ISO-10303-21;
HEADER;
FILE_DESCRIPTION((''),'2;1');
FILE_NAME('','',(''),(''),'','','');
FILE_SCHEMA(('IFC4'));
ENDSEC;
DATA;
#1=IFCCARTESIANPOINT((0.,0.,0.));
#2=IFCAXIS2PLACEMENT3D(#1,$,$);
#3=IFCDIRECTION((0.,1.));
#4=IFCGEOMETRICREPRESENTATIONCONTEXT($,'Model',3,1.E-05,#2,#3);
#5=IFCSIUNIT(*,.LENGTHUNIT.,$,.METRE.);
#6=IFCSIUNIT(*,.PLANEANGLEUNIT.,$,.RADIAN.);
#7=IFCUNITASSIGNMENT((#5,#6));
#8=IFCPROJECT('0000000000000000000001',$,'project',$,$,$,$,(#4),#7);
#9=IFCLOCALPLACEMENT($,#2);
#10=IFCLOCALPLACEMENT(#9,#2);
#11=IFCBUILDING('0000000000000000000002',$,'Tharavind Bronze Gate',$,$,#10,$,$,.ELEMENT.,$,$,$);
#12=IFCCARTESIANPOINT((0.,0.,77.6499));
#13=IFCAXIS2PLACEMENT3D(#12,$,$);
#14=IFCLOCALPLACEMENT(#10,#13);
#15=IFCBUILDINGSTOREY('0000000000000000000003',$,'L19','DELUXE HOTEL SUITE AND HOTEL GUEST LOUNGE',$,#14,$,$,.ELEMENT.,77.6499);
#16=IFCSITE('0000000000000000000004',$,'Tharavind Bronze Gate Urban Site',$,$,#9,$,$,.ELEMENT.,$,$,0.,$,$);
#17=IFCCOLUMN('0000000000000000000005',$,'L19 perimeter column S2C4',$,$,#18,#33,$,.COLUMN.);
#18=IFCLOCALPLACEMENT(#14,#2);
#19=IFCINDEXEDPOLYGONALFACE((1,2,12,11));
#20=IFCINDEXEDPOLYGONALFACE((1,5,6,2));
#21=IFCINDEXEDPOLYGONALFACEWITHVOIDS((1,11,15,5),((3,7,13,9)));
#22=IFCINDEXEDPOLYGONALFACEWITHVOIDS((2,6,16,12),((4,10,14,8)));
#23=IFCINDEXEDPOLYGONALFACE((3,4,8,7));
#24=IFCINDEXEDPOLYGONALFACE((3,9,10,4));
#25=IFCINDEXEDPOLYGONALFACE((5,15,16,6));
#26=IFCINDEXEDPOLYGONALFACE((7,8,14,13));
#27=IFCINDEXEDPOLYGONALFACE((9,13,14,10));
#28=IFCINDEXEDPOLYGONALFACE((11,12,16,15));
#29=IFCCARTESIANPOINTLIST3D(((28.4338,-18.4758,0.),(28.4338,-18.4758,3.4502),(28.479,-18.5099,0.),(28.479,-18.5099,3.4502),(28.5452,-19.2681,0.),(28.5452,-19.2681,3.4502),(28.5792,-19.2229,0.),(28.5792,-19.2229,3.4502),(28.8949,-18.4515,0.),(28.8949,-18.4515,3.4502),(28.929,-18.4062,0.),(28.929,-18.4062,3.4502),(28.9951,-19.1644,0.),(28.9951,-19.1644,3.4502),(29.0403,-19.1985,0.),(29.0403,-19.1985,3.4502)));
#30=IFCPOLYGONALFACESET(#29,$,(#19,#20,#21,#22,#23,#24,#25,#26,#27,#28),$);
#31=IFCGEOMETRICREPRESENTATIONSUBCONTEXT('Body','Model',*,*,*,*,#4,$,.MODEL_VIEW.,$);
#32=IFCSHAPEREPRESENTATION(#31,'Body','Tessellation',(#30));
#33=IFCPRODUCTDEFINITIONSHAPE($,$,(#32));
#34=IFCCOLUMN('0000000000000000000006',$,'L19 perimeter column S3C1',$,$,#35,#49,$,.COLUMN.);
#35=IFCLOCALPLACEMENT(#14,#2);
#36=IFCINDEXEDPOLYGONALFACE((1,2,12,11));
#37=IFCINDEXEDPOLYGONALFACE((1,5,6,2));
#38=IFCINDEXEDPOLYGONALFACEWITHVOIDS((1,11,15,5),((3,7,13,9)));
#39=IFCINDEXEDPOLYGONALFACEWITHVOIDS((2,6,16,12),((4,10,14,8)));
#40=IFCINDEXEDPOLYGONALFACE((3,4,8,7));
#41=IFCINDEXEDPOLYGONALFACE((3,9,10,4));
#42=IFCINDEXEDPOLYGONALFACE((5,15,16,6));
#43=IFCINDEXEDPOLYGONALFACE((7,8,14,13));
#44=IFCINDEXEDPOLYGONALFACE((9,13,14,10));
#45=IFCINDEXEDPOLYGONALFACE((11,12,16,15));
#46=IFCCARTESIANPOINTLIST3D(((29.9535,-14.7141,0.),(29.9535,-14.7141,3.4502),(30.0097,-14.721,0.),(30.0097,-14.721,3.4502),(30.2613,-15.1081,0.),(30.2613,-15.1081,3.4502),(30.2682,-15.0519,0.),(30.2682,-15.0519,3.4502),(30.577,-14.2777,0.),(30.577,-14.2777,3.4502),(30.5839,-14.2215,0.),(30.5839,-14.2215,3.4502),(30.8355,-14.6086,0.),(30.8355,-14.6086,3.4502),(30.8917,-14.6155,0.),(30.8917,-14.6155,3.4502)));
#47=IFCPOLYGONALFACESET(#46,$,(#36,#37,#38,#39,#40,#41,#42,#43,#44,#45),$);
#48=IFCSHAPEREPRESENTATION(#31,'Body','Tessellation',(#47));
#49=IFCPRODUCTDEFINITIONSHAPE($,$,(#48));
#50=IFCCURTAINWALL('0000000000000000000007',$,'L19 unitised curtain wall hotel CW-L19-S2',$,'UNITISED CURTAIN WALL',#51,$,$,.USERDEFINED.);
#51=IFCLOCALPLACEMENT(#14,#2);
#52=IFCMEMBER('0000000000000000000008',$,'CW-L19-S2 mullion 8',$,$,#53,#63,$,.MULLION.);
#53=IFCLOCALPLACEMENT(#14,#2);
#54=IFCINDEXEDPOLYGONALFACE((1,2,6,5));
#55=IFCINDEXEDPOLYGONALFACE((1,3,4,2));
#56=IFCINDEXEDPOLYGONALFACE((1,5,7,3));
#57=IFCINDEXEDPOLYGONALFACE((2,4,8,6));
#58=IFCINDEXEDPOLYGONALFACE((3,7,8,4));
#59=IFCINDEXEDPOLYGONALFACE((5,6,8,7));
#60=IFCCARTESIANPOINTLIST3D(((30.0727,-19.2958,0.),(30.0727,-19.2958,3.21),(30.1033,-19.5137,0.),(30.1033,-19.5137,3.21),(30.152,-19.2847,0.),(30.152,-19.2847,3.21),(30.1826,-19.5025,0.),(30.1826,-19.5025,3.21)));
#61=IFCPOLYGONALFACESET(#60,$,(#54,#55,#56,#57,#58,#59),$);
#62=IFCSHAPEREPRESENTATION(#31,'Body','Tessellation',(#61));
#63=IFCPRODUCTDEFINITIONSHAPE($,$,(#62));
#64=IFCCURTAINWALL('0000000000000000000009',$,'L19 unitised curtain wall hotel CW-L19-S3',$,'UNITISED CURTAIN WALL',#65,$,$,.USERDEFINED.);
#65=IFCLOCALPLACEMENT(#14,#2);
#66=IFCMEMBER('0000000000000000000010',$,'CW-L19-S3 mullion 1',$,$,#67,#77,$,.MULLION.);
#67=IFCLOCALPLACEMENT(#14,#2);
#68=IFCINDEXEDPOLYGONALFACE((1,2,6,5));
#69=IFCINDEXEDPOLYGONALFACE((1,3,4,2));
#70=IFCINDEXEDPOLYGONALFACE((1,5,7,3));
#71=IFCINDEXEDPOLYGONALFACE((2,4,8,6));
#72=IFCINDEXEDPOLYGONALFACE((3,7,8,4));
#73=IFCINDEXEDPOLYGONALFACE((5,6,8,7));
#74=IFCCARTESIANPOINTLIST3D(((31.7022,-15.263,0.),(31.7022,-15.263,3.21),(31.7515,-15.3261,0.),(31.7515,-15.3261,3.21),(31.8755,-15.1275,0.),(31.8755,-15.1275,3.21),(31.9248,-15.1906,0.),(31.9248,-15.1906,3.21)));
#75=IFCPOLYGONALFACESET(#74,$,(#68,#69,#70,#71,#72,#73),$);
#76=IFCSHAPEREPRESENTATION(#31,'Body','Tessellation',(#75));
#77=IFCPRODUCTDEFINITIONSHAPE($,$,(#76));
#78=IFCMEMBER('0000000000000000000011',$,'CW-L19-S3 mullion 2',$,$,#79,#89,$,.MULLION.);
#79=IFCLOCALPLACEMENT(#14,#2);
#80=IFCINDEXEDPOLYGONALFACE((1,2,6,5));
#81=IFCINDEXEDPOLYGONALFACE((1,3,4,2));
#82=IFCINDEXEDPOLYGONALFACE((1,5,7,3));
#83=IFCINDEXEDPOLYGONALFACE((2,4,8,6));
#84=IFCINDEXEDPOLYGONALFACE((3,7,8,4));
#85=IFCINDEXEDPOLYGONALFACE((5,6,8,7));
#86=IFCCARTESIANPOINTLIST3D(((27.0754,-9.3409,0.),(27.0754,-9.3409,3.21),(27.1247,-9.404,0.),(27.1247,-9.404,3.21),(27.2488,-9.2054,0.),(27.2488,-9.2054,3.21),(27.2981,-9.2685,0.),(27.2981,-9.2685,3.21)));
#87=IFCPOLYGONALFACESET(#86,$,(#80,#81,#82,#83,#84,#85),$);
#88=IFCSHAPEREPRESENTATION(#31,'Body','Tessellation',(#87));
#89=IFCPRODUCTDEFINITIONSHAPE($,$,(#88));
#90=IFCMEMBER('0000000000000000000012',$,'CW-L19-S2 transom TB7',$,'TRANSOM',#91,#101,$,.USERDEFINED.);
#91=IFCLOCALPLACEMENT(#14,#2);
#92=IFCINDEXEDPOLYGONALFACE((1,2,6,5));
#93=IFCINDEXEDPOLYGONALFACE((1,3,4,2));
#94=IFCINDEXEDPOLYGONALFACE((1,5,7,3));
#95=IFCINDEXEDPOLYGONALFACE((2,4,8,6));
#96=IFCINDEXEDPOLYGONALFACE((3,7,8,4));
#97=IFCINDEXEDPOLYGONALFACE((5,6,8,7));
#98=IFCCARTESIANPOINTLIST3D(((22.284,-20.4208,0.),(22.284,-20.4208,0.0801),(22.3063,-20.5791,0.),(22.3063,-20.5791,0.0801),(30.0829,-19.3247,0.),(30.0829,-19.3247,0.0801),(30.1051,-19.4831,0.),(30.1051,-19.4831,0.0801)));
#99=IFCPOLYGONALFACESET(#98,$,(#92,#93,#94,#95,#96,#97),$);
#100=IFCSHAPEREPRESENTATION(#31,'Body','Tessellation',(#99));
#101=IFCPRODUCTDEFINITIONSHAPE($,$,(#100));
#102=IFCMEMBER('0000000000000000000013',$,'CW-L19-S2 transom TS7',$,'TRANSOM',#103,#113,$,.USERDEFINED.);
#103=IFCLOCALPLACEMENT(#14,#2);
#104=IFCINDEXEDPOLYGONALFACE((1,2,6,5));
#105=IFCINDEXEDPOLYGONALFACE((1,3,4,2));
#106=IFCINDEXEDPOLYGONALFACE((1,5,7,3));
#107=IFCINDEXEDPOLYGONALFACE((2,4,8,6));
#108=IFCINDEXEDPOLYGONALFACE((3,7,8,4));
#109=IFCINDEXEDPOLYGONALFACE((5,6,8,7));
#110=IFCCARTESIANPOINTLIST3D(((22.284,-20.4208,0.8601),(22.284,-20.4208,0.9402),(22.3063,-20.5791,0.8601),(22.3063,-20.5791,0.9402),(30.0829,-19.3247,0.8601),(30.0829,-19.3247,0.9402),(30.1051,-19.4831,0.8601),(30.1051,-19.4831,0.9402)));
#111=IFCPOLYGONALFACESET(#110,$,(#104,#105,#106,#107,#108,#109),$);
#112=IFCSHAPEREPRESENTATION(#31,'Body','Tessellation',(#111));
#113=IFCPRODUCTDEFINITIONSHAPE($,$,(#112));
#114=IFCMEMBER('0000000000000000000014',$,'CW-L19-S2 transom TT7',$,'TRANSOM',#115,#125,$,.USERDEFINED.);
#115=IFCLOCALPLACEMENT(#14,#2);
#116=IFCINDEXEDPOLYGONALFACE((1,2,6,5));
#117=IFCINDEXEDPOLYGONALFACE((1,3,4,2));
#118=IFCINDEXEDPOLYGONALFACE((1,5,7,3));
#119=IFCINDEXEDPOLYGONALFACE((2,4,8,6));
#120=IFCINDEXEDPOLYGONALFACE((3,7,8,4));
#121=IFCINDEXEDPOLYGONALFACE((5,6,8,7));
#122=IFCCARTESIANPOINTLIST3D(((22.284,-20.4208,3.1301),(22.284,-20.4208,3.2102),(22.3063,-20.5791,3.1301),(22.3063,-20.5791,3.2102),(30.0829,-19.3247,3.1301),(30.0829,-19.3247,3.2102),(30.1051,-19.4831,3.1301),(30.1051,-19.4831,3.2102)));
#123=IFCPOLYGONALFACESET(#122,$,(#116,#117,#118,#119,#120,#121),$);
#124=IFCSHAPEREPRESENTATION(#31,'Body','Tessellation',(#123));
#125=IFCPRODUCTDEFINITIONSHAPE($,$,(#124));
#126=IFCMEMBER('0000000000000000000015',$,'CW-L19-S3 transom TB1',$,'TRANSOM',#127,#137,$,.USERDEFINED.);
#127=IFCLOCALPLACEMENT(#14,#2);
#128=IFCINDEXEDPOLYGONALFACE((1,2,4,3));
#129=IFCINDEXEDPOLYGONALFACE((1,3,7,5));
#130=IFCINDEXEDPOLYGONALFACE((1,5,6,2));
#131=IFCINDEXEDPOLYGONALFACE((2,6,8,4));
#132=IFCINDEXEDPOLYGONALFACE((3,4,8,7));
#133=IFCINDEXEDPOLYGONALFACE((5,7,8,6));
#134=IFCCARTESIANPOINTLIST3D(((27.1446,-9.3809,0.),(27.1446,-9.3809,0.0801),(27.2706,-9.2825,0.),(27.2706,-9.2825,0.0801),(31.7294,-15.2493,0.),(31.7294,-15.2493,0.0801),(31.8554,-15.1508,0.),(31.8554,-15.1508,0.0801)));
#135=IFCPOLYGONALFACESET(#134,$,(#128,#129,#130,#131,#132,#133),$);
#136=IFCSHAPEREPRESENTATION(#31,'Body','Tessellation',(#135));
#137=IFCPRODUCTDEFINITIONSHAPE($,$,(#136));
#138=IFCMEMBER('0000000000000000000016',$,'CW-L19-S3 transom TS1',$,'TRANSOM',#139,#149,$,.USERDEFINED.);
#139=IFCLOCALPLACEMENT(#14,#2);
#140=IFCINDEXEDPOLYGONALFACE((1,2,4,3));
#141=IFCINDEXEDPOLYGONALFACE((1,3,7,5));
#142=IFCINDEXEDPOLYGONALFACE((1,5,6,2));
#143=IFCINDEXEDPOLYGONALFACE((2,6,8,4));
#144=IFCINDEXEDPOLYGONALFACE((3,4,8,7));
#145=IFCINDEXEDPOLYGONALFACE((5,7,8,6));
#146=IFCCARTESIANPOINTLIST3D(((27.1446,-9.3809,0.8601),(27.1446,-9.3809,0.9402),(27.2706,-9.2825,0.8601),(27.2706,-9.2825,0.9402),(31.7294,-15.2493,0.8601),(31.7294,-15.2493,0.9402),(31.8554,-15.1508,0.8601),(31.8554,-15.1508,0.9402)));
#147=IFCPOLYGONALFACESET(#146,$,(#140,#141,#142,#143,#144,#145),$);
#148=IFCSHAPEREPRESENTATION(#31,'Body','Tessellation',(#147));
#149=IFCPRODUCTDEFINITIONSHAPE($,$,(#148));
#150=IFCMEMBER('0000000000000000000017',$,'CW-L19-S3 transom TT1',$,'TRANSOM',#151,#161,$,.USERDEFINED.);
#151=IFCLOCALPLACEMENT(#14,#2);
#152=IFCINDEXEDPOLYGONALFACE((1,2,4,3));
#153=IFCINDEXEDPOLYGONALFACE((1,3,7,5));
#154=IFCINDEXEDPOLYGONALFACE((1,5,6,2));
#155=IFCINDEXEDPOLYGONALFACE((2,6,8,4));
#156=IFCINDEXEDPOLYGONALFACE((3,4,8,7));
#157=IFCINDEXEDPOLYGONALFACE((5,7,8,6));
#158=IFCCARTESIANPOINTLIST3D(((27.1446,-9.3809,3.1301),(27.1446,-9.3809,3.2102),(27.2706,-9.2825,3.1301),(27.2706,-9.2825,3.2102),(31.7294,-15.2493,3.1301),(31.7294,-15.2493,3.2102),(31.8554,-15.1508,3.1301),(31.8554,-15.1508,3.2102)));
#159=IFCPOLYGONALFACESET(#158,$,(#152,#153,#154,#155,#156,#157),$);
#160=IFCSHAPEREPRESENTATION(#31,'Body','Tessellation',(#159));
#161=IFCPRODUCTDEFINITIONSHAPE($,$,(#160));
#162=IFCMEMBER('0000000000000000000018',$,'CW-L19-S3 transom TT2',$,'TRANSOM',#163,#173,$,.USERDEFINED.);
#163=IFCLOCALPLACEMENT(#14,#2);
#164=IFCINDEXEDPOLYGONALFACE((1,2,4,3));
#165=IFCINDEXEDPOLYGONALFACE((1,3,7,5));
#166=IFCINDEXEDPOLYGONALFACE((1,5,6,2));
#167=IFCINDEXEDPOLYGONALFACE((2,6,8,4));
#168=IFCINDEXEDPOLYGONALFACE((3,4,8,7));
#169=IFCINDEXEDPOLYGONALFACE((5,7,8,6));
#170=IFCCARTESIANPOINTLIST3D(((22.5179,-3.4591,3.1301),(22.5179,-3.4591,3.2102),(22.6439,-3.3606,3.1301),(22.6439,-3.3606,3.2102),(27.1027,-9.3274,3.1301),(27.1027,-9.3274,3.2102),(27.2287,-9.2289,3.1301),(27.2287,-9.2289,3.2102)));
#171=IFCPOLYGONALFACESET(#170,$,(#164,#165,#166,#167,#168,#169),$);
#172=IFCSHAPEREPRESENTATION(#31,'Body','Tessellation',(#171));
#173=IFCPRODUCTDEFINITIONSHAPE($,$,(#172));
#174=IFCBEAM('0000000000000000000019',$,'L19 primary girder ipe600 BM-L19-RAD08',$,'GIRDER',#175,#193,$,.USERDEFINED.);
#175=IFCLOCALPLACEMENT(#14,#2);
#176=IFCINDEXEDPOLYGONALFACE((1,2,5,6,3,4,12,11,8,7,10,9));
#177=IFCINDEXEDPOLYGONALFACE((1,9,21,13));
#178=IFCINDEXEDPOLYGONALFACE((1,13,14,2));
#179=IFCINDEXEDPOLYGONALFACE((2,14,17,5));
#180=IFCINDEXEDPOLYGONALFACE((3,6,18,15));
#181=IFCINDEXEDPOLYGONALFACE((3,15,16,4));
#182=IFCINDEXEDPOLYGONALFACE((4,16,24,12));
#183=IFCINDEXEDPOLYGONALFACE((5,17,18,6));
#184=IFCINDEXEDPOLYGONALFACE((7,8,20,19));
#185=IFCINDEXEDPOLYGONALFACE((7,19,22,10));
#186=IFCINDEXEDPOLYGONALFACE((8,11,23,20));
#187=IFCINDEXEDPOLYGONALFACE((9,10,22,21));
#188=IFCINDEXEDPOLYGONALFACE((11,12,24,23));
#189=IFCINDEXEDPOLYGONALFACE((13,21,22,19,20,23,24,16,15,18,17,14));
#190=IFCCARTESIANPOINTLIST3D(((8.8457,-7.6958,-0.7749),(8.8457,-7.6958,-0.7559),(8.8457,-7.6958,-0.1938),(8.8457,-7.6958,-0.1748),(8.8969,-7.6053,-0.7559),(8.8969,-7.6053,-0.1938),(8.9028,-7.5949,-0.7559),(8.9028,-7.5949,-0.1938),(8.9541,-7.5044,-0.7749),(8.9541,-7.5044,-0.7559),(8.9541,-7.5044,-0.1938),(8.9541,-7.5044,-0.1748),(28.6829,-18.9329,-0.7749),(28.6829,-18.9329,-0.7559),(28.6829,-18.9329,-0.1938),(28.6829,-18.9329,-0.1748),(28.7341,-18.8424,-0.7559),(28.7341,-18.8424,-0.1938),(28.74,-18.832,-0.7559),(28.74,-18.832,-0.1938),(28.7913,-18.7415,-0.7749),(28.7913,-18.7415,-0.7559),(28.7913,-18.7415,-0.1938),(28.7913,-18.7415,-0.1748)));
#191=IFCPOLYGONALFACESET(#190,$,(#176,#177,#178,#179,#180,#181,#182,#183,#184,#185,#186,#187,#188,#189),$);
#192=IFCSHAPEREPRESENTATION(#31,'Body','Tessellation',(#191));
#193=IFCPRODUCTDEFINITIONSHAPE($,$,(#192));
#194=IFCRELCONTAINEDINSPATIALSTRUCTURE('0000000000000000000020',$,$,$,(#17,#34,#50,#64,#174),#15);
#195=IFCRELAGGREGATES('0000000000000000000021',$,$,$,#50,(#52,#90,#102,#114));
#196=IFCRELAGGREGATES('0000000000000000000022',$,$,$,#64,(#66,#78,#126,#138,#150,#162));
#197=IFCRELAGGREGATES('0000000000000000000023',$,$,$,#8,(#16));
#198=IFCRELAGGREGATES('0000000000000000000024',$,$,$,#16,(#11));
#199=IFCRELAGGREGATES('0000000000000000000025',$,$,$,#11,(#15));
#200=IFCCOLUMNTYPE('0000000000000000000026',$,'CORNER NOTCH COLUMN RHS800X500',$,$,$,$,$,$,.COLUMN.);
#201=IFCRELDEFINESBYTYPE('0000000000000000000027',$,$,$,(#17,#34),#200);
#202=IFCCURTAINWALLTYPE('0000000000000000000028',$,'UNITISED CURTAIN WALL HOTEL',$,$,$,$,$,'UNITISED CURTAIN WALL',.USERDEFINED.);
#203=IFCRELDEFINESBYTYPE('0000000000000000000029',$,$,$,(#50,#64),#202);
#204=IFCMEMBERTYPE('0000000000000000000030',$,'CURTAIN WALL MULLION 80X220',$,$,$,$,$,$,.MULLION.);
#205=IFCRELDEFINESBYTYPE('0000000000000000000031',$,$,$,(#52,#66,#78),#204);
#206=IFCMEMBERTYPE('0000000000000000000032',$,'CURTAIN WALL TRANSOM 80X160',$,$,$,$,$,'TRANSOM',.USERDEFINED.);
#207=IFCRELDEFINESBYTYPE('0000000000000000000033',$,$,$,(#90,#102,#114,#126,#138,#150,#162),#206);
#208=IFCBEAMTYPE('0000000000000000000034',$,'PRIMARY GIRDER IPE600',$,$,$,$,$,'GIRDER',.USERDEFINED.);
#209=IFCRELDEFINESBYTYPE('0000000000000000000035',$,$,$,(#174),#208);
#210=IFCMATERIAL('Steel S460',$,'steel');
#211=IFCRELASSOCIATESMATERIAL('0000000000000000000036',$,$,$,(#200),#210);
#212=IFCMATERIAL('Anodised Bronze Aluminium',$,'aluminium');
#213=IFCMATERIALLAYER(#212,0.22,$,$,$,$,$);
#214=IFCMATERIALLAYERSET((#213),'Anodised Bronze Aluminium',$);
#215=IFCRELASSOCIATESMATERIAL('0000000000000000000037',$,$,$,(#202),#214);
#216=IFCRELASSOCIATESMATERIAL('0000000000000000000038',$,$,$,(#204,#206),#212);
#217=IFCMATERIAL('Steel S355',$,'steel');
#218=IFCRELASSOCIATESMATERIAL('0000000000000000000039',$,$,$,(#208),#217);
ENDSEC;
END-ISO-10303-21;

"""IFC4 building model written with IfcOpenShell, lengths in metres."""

from ifc_helpers import new_model, si_unit, direction, frame, origin, origin_2d, place, context, subcontext, project, spatial, rectangle, hollow_rectangle, i_section, extrude, material, layer, layer_set, material_profile, profile_set, type_object, element, aggregate, save


model = new_model("IFC4")

# Units and contexts
model_context = context("Model", 3, precision=1e-05, world=origin(), true_north=direction((0.0, 1.0)))
body_context = subcontext(model_context, "Body", "Model", "MODEL_VIEW")
ifc_project = project(units=[si_unit("LENGTHUNIT", "METRE"), si_unit("PLANEANGLEUNIT", "RADIAN")], contexts=[model_context])

# Site, building, storey
site_placement = place(None, origin())
site = spatial("IfcSite", under=ifc_project, at=site_placement, Name="Tharavind Bronze Gate Urban Site", CompositionType="ELEMENT", RefElevation=0.0)
building_placement = place(site_placement, origin())
building = spatial("IfcBuilding", under=site, at=building_placement, Name="Tharavind Bronze Gate", CompositionType="ELEMENT")
storey_placement = place(building_placement, frame((0.0, 0.0, 77.6499)))
storey = spatial("IfcBuildingStorey", under=building, at=storey_placement, Name="L19", Description="DELUXE HOTEL SUITE AND HOTEL GUEST LOUNGE", CompositionType="ELEMENT", Elevation=77.6499)

# Columns
ifc_material_1 = material(Name="Steel S460", Category="steel")
ifc_material_profile_1 = material_profile(ifc_material_1, hollow_rectangle(XDim=0.5, YDim=0.8, WallThickness=0.04, at=origin_2d()), Name="RHS800X500X40")
ifc_profile_set_1 = profile_set([ifc_material_profile_1], Name="Steel S460")
column_type = type_object("IfcColumnType", Name="CORNER NOTCH COLUMN RHS800X500", PredefinedType="COLUMN", material=ifc_profile_set_1)
for number, where, z_axis, x_axis, name in (
    (1, (28.7371, -18.8372, 0.0), (0.0, 0.0, 1.0), (0.990268, 0.139173, 0.0), "L19 perimeter column S2C4"),
    (2, (30.4226, -14.6648, 0.0), (0.0, 0.0, 1.0), (-0.615661, 0.788011, 0.0), "L19 perimeter column S3C1"),
):
    element("IfcColumn", number, at=place(storey_placement, frame(where, z_axis=z_axis, x_axis=x_axis)), inside=storey, type_object=column_type, Name=name, PredefinedType="COLUMN", context=body_context, shape_type="SweptSolid", body=[
        extrude(hollow_rectangle(XDim=0.5, YDim=0.8, WallThickness=0.04, at=origin_2d()), origin(), (0.0, 0.0, 1.0), 3.4502),
    ])

# Curtain wall, member
ifc_material_2 = material(Name="Anodised Bronze Aluminium", Category="aluminium")
ifc_layer_1 = layer(ifc_material_2, 0.22)
ifc_layer_set_1 = layer_set([ifc_layer_1], Name="Anodised Bronze Aluminium")
curtain_wall_type = type_object("IfcCurtainWallType", Name="UNITISED CURTAIN WALL HOTEL", ElementType="UNITISED CURTAIN WALL", PredefinedType="USERDEFINED", material=ifc_layer_set_1)
curtain_wall_1_placement = place(storey_placement, origin())
curtain_wall_1 = element("IfcCurtainWall", 3, at=curtain_wall_1_placement, inside=storey, type_object=curtain_wall_type, Name="L19 unitised curtain wall hotel CW-L19-S2", ObjectType="UNITISED CURTAIN WALL", PredefinedType="USERDEFINED")
member_type_1 = type_object("IfcMemberType", Name="CURTAIN WALL MULLION 80X220", PredefinedType="MULLION", material=ifc_material_2)
member_1_placement = place(storey_placement, frame((30.1277, -19.3992, 0.0), z_axis=(0.0, 0.0, 1.0), x_axis=(0.990268, 0.139173, 0.0)))
member_1 = element("IfcMember", 4, at=member_1_placement, type_object=member_type_1, Name="CW-L19-S2 mullion 8", PredefinedType="MULLION", context=body_context, shape_type="SweptSolid", body=[
    extrude(rectangle(XDim=0.0801, YDim=0.22, at=origin_2d()), origin(), (0.0, 0.0, 1.0), 3.21),
])

# Curtain wall, members
curtain_wall_2_placement = place(storey_placement, origin())
curtain_wall_2 = element("IfcCurtainWall", 5, at=curtain_wall_2_placement, inside=storey, type_object=curtain_wall_type, Name="L19 unitised curtain wall hotel CW-L19-S3", ObjectType="UNITISED CURTAIN WALL", PredefinedType="USERDEFINED")
member_2_placement = place(storey_placement, frame((31.8135, -15.2268, 0.0), z_axis=(0.0, 0.0, 1.0), x_axis=(-0.615661, 0.788011, 0.0)))
member_2 = element("IfcMember", 6, at=member_2_placement, type_object=member_type_1, Name="CW-L19-S3 mullion 1", PredefinedType="MULLION", context=body_context, shape_type="SweptSolid", body=[
    extrude(rectangle(XDim=0.0801, YDim=0.22, at=origin_2d()), origin(), (0.0, 0.0, 1.0), 3.21),
])
member_3_placement = place(storey_placement, frame((27.1868, -9.3047, 0.0), z_axis=(0.0, 0.0, 1.0), x_axis=(-0.615661, 0.788011, 0.0)))
member_3 = element("IfcMember", 7, at=member_3_placement, type_object=member_type_1, Name="CW-L19-S3 mullion 2", PredefinedType="MULLION", context=body_context, shape_type="SweptSolid", body=[
    extrude(rectangle(XDim=0.0801, YDim=0.22, at=origin_2d()), origin(), (0.0, 0.0, 1.0), 3.21),
])

# Members
member_type_2 = type_object("IfcMemberType", Name="CURTAIN WALL TRANSOM 80X160", ElementType="TRANSOM", PredefinedType="USERDEFINED", material=ifc_material_2)
member_4_placement = place(storey_placement, frame((26.1946, -19.9519, 0.0), z_axis=(0.0, 0.0, 1.0), x_axis=(0.990268, 0.139173, 0.0)))
member_4 = element("IfcMember", 8, at=member_4_placement, type_object=member_type_2, Name="CW-L19-S2 transom TB7", ObjectType="TRANSOM", PredefinedType="USERDEFINED", context=body_context, shape_type="SweptSolid", body=[
    extrude(rectangle(XDim=7.8755, YDim=0.1599, at=origin_2d()), origin(), (0.0, 0.0, 1.0), 0.0801),
])
member_5_placement = place(storey_placement, frame((26.1946, -19.9519, 0.8601), z_axis=(0.0, 0.0, 1.0), x_axis=(0.990268, 0.139173, 0.0)))
member_5 = element("IfcMember", 9, at=member_5_placement, type_object=member_type_2, Name="CW-L19-S2 transom TS7", ObjectType="TRANSOM", PredefinedType="USERDEFINED", context=body_context, shape_type="SweptSolid", body=[
    extrude(rectangle(XDim=7.8755, YDim=0.1599, at=origin_2d()), origin(), (0.0, 0.0, 1.0), 0.0801),
])
member_6_placement = place(storey_placement, frame((26.1946, -19.9519, 3.1301), z_axis=(0.0, 0.0, 1.0), x_axis=(0.990268, 0.139173, 0.0)))
member_6 = element("IfcMember", 10, at=member_6_placement, type_object=member_type_2, Name="CW-L19-S2 transom TT7", ObjectType="TRANSOM", PredefinedType="USERDEFINED", context=body_context, shape_type="SweptSolid", body=[
    extrude(rectangle(XDim=7.8755, YDim=0.1599, at=origin_2d()), origin(), (0.0, 0.0, 1.0), 0.0801),
])
member_7_placement = place(storey_placement, frame((29.5, -12.2659, 0.0), z_axis=(0.0, 0.0, 1.0), x_axis=(-0.615661, 0.788011, 0.0)))
member_7 = element("IfcMember", 11, at=member_7_placement, type_object=member_type_2, Name="CW-L19-S3 transom TB1", ObjectType="TRANSOM", PredefinedType="USERDEFINED", context=body_context, shape_type="SweptSolid", body=[
    extrude(rectangle(XDim=7.447, YDim=0.1599, at=origin_2d()), origin(), (0.0, 0.0, 1.0), 0.0801),
])
member_8_placement = place(storey_placement, frame((29.5, -12.2659, 0.8601), z_axis=(0.0, 0.0, 1.0), x_axis=(-0.615661, 0.788011, 0.0)))
member_8 = element("IfcMember", 12, at=member_8_placement, type_object=member_type_2, Name="CW-L19-S3 transom TS1", ObjectType="TRANSOM", PredefinedType="USERDEFINED", context=body_context, shape_type="SweptSolid", body=[
    extrude(rectangle(XDim=7.447, YDim=0.1599, at=origin_2d()), origin(), (0.0, 0.0, 1.0), 0.0801),
])
member_9_placement = place(storey_placement, frame((29.5, -12.2659, 3.1301), z_axis=(0.0, 0.0, 1.0), x_axis=(-0.615661, 0.788011, 0.0)))
member_9 = element("IfcMember", 13, at=member_9_placement, type_object=member_type_2, Name="CW-L19-S3 transom TT1", ObjectType="TRANSOM", PredefinedType="USERDEFINED", context=body_context, shape_type="SweptSolid", body=[
    extrude(rectangle(XDim=7.447, YDim=0.1599, at=origin_2d()), origin(), (0.0, 0.0, 1.0), 0.0801),
])
member_10_placement = place(storey_placement, frame((24.8733, -6.344, 3.1301), z_axis=(0.0, 0.0, 1.0), x_axis=(-0.615661, 0.788011, 0.0)))
member_10 = element("IfcMember", 14, at=member_10_placement, type_object=member_type_2, Name="CW-L19-S3 transom TT2", ObjectType="TRANSOM", PredefinedType="USERDEFINED", context=body_context, shape_type="SweptSolid", body=[
    extrude(rectangle(XDim=7.447, YDim=0.1599, at=origin_2d()), origin(), (0.0, 0.0, 1.0), 0.0801),
])

# Beam
ifc_material_3 = material(Name="Steel S355", Category="steel")
ifc_material_profile_2 = material_profile(ifc_material_3, i_section(OverallWidth=0.22, OverallDepth=0.6001, WebThickness=0.012, FlangeThickness=0.019, at=origin_2d()), Name="IPE600")
ifc_profile_set_2 = profile_set([ifc_material_profile_2], Name="Steel S355")
beam_type_1 = type_object("IfcBeamType", Name="PRIMARY GIRDER IPE600", ElementType="GIRDER", PredefinedType="USERDEFINED", material=ifc_profile_set_2)
beam_1_placement = place(storey_placement, frame((28.7371, -18.8372, -0.4749), z_axis=(-0.870097, 0.49288, 0.0), x_axis=(-0.49288, -0.870097, 0.0)))
element("IfcBeam", 15, at=beam_1_placement, inside=storey, type_object=beam_type_1, Name="L19 primary girder ipe600 BM-L19-RAD08", ObjectType="GIRDER", PredefinedType="USERDEFINED", context=body_context, shape_type="SweptSolid", body=[
    extrude(i_section(OverallWidth=0.22, OverallDepth=0.6001, WebThickness=0.012, FlangeThickness=0.019, at=origin_2d()), origin(), (0.0, 0.0, 1.0), 22.7988),
])

aggregate(curtain_wall_1, [member_1, member_4, member_5, member_6])
aggregate(curtain_wall_2, [member_2, member_3, member_7, member_8, member_9, member_10])

save(model, "model.ifc")
